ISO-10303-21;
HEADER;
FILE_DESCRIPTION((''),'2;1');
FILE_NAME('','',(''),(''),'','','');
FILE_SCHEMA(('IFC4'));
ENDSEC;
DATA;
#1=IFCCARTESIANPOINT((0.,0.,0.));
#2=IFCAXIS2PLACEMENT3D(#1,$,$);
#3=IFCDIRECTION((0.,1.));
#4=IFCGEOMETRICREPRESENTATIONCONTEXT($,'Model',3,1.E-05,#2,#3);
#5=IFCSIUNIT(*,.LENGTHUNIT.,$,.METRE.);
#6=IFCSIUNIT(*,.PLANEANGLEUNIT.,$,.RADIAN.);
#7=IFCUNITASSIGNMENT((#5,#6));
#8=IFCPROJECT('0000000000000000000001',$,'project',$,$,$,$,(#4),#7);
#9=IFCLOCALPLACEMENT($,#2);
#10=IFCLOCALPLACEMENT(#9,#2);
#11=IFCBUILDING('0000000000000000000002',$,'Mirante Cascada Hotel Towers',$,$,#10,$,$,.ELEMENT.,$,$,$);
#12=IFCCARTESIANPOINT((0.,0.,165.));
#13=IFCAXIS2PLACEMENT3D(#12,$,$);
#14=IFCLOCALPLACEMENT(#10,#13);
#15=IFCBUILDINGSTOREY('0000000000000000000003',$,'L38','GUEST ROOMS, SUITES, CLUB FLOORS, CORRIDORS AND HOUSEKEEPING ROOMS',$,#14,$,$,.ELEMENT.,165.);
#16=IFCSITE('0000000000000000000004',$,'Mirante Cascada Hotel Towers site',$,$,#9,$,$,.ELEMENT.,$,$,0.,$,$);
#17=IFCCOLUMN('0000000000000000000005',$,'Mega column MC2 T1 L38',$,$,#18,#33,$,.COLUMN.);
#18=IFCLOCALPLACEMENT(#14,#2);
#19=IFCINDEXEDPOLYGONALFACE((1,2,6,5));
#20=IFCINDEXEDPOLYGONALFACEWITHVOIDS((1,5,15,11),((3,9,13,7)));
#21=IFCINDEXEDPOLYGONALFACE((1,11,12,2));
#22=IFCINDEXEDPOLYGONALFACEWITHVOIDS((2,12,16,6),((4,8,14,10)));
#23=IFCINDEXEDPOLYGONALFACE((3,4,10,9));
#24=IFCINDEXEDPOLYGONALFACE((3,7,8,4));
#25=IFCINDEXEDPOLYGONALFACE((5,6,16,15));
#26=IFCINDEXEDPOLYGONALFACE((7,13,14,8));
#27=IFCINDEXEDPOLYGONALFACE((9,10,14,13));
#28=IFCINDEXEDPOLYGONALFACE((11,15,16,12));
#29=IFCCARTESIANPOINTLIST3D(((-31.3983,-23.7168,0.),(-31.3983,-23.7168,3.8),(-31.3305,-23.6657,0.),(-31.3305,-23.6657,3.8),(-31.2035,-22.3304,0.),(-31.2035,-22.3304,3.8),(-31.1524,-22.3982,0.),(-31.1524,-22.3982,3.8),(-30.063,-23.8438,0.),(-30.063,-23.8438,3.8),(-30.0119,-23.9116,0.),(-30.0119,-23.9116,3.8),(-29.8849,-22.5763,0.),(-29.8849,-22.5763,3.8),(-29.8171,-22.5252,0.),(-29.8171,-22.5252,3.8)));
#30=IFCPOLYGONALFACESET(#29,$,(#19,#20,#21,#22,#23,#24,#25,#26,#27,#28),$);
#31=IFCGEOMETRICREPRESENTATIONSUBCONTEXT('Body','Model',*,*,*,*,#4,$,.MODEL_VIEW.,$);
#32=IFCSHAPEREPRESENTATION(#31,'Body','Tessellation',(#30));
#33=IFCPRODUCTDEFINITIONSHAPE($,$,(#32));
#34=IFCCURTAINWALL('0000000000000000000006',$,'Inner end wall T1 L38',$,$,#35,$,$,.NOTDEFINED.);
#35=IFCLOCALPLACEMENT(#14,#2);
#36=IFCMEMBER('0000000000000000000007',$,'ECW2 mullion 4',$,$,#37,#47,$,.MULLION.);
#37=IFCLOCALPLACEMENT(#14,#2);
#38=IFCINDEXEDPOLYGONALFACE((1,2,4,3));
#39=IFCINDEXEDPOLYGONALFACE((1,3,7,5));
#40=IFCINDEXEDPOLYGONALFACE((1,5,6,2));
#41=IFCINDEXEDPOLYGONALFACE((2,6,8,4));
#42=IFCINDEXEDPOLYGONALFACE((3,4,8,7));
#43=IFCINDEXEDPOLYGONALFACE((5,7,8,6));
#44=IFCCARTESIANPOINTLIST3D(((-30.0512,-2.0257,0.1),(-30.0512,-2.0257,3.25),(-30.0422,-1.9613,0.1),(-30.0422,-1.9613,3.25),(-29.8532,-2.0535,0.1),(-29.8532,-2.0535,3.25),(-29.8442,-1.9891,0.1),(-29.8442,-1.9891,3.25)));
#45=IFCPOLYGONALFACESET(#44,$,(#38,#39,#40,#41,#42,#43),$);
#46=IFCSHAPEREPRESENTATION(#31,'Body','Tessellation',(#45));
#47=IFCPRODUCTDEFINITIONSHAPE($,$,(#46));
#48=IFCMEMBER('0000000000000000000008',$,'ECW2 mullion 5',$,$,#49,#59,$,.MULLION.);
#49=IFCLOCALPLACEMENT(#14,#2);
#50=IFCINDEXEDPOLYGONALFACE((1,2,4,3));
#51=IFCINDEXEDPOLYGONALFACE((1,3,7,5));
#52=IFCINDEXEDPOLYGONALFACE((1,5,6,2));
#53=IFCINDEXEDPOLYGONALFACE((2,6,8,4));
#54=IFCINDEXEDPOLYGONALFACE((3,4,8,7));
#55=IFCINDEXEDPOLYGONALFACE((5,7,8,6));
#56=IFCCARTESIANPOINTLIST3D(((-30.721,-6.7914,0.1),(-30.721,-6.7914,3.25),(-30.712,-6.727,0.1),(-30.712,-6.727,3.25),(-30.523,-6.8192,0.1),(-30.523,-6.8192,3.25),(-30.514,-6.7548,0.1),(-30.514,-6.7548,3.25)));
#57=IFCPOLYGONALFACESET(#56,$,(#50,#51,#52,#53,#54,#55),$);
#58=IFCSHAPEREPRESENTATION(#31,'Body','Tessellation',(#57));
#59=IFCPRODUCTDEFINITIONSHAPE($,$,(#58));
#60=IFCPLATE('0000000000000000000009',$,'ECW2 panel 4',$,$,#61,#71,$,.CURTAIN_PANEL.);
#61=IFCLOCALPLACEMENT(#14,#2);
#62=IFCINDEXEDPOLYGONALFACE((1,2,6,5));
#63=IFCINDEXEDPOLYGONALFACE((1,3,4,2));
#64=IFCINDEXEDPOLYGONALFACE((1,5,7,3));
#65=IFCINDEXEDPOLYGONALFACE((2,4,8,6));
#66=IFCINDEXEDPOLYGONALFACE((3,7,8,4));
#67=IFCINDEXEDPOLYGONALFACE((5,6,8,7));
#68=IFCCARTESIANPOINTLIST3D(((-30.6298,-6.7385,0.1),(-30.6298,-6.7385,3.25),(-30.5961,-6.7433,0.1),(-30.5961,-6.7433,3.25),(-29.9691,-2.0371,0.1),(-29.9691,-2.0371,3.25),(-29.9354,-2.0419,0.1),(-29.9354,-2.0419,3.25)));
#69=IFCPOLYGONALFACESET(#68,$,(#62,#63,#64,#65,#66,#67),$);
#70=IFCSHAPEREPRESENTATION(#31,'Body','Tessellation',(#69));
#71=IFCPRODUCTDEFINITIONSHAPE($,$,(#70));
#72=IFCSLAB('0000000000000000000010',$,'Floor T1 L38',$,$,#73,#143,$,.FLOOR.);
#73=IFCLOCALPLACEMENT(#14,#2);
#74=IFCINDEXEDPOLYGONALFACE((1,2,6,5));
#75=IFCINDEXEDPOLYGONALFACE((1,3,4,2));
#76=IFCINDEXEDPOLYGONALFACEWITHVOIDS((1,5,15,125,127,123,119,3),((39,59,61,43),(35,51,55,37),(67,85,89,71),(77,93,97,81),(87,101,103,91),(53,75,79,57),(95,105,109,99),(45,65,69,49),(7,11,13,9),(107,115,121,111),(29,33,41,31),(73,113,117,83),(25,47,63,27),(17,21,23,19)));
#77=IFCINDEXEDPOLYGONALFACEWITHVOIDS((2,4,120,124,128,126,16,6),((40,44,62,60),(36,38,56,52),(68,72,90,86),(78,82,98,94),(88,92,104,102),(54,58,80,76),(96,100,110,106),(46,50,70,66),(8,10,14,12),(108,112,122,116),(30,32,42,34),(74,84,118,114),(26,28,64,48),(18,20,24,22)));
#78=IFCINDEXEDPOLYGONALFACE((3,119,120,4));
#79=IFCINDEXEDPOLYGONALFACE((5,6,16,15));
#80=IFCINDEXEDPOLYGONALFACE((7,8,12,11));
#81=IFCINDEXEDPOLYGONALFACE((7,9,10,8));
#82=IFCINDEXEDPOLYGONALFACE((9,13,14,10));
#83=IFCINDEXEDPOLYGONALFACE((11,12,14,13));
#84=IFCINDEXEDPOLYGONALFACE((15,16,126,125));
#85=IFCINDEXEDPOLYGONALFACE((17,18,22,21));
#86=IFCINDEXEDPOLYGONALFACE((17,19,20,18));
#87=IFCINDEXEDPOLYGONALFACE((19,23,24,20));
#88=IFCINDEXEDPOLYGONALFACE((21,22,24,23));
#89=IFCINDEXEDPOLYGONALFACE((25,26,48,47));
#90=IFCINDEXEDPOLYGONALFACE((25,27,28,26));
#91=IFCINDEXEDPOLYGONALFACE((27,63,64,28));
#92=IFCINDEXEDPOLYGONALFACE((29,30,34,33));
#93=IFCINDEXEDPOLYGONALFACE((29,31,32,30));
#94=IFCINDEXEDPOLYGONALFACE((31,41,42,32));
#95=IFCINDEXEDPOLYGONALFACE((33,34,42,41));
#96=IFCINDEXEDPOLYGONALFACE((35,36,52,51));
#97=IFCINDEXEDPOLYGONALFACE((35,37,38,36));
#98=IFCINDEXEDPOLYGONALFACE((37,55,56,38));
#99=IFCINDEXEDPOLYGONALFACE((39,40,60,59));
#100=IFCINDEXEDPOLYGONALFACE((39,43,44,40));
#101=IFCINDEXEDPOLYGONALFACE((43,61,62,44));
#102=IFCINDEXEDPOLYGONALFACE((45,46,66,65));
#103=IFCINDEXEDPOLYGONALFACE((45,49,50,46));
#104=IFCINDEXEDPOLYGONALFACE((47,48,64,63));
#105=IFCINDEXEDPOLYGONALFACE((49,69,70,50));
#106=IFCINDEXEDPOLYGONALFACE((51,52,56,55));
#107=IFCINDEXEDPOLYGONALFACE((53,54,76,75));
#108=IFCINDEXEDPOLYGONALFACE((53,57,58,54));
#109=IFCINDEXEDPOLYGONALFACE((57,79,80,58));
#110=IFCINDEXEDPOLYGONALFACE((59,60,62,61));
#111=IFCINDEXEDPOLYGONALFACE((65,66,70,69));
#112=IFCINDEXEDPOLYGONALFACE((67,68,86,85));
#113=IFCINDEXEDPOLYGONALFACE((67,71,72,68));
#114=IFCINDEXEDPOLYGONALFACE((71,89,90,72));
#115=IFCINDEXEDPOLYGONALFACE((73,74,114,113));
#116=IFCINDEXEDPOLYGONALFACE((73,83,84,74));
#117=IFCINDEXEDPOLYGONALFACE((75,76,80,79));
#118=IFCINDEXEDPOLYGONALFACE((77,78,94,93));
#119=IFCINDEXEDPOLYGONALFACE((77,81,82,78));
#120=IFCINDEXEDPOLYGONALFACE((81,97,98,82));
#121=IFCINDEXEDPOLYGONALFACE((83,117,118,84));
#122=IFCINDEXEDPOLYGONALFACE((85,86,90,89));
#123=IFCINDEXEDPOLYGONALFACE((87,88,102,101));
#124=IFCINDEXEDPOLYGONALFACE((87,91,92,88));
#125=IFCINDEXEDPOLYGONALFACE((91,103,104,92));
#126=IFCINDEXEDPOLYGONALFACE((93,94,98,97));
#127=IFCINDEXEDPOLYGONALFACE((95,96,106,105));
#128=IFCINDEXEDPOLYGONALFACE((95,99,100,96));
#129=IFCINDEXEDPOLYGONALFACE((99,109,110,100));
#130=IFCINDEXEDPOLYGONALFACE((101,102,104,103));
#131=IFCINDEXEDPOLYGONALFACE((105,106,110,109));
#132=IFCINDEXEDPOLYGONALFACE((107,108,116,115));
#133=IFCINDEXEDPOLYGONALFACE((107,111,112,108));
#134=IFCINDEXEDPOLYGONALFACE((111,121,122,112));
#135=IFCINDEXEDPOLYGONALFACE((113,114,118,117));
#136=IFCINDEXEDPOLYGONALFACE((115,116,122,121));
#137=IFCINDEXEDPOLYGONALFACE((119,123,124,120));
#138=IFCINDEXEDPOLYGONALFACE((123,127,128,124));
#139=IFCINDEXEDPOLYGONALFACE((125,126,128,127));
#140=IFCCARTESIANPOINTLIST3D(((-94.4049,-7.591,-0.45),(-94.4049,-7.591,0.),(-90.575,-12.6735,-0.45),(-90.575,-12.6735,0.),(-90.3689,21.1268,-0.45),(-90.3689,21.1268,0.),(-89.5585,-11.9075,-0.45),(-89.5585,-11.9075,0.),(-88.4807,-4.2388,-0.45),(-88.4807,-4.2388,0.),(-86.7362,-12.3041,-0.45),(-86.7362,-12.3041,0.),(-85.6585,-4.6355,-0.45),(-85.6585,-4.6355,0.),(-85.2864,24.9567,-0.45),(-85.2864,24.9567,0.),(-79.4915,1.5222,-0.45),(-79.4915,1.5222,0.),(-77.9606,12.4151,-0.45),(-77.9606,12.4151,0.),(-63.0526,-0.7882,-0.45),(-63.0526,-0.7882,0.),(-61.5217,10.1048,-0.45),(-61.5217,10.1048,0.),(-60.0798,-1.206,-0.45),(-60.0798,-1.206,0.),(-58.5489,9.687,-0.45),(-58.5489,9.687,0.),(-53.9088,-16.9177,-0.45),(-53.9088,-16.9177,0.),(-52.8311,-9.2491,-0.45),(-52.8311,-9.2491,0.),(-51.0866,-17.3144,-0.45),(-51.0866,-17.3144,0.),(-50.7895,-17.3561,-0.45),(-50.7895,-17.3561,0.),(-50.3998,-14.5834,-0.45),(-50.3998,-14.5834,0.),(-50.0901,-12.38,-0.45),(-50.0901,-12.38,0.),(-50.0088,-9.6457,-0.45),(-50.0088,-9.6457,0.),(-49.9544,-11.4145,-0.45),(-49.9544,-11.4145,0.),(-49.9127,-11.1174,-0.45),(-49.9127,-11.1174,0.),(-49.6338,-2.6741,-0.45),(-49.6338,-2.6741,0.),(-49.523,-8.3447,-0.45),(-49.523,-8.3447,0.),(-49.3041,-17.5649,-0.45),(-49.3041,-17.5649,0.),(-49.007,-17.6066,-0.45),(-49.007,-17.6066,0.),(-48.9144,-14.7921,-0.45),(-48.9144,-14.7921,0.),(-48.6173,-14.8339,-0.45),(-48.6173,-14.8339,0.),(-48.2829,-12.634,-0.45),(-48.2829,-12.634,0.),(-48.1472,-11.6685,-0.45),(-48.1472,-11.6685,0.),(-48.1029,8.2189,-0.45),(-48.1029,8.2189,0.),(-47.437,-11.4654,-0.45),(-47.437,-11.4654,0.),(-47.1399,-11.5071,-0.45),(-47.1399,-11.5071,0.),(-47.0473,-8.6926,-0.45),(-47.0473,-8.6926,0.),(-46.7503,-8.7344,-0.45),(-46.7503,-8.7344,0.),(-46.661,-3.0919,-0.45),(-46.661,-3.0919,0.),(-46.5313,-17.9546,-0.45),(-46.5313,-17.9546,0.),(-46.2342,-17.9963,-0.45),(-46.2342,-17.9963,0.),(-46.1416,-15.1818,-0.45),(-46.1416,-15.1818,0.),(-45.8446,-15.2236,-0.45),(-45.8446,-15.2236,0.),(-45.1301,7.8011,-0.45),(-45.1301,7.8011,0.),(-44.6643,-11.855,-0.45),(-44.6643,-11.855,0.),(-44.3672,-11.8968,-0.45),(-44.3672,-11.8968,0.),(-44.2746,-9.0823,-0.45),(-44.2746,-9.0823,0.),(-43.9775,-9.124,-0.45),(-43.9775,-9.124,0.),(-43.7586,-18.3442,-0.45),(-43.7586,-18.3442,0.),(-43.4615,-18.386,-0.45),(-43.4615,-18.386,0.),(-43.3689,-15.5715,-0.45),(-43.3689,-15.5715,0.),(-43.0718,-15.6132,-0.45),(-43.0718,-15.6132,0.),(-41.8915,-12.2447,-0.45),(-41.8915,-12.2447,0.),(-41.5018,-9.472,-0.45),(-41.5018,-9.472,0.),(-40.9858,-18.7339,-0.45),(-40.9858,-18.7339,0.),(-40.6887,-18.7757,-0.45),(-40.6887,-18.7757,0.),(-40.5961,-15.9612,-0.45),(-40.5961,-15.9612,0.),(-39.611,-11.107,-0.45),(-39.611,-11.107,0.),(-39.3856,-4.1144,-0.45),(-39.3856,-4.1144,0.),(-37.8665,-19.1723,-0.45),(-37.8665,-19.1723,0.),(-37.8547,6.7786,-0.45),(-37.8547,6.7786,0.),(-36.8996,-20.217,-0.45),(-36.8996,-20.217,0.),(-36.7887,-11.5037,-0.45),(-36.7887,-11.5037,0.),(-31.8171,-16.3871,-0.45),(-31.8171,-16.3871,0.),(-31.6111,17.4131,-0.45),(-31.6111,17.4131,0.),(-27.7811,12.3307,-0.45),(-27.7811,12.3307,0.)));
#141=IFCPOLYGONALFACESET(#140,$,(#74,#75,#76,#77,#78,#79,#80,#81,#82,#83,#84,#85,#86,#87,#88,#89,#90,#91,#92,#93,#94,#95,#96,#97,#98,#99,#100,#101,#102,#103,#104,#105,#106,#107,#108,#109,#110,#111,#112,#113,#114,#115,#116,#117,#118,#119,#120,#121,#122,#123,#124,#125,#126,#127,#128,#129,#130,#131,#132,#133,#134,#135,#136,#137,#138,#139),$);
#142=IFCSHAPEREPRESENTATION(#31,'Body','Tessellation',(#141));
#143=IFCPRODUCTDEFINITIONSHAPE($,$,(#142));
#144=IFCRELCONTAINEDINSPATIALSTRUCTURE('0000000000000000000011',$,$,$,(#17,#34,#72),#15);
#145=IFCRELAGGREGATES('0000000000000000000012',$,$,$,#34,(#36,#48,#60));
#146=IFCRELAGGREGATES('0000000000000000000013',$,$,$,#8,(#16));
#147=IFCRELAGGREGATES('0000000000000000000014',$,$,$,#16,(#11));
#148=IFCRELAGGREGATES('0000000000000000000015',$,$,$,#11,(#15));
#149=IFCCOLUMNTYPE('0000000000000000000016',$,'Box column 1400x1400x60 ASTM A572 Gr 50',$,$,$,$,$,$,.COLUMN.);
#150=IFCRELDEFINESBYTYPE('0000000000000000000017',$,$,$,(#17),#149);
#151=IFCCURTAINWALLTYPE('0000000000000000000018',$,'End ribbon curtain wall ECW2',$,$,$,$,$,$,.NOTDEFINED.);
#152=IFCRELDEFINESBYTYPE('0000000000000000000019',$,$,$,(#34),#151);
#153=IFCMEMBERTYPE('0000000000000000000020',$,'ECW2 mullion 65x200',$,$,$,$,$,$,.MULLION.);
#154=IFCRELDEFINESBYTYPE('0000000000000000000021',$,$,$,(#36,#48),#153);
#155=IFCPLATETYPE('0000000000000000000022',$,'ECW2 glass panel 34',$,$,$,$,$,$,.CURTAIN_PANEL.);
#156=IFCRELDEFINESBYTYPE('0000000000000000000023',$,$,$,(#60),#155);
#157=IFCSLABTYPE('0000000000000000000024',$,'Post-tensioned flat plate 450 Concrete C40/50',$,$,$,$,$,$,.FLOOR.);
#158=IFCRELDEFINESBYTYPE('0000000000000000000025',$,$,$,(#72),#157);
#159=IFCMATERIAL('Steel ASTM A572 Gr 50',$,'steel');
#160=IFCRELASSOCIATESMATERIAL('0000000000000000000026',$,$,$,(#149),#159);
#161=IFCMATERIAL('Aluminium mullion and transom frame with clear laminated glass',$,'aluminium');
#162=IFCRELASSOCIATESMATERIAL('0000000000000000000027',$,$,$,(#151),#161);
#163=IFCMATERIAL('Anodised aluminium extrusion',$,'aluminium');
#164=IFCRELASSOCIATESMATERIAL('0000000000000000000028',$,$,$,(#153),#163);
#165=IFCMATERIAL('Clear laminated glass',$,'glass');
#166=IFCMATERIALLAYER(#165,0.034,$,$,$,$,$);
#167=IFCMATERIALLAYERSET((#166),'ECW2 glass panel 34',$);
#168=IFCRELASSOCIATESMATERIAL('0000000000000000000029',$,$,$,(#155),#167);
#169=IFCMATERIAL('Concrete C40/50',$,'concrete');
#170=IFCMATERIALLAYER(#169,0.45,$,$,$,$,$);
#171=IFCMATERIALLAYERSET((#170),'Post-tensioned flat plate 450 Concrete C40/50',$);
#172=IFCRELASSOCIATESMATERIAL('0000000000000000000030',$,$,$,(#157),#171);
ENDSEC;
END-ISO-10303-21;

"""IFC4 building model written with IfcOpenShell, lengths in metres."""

from ifc_helpers import new_model, si_unit, direction, frame, origin, origin_2d, place, context, subcontext, project, spatial, polyline, rectangle, hollow_rectangle, outline, extrude, material, layer, layer_set, material_profile, profile_set, type_object, element, aggregate, save


model = new_model("IFC4")

# Units and contexts
model_context = context("Model", 3, precision=1e-05, world=origin(), true_north=direction((0.0, 1.0)))
body_context = subcontext(model_context, "Body", "Model", "MODEL_VIEW")
ifc_project = project(units=[si_unit("LENGTHUNIT", "METRE"), si_unit("PLANEANGLEUNIT", "RADIAN")], contexts=[model_context])

# Site, building, storey
site_placement = place(None, origin())
site = spatial("IfcSite", under=ifc_project, at=site_placement, Name="Mirante Cascada Hotel Towers site", CompositionType="ELEMENT", RefElevation=0.0)
building_placement = place(site_placement, origin())
building = spatial("IfcBuilding", under=site, at=building_placement, Name="Mirante Cascada Hotel Towers", CompositionType="ELEMENT")
storey_placement = place(building_placement, frame((0.0, 0.0, 165.0)))
storey = spatial("IfcBuildingStorey", under=building, at=storey_placement, Name="L38", Description="GUEST ROOMS, SUITES, CLUB FLOORS, CORRIDORS AND HOUSEKEEPING ROOMS", CompositionType="ELEMENT", Elevation=165.0)

# Column
ifc_material_1 = material(Name="Steel ASTM A572 Gr 50", Category="steel")
ifc_material_profile_1 = material_profile(ifc_material_1, hollow_rectangle(XDim=1.4, YDim=1.4, WallThickness=0.06, at=origin_2d()), Name="Box column 1400x1400x60 ASTM A572 Gr 50")
ifc_profile_set_1 = profile_set([ifc_material_profile_1], Name="Steel ASTM A572 Gr 50")
column_type = type_object("IfcColumnType", Name="Box column 1400x1400x60 ASTM A572 Gr 50", PredefinedType="COLUMN", material=ifc_profile_set_1)
column_placement = place(storey_placement, frame((-30.6077, -23.121, 0.0), z_axis=(0.0, 0.0, 1.0), x_axis=(-0.990268, 0.139173, 0.0)))
element("IfcColumn", 1, at=column_placement, inside=storey, type_object=column_type, Name="Mega column MC2 T1 L38", PredefinedType="COLUMN", context=body_context, shape_type="SweptSolid", body=[
    extrude(hollow_rectangle(XDim=1.4, YDim=1.4, WallThickness=0.06, at=origin_2d()), origin(), (0.0, 0.0, 1.0), 3.8),
])

# Curtain wall, members, plate
ifc_material_2 = material(Name="Aluminium mullion and transom frame with clear laminated glass", Category="aluminium")
curtain_wall_type = type_object("IfcCurtainWallType", Name="End ribbon curtain wall ECW2", PredefinedType="NOTDEFINED", material=ifc_material_2)
curtain_wall_placement = place(storey_placement, origin())
curtain_wall = element("IfcCurtainWall", 2, at=curtain_wall_placement, inside=storey, type_object=curtain_wall_type, Name="Inner end wall T1 L38", PredefinedType="NOTDEFINED")
ifc_material_3 = material(Name="Anodised aluminium extrusion", Category="aluminium")
ifc_material_profile_2 = material_profile(ifc_material_3, rectangle(XDim=0.2, YDim=0.065, at=origin_2d()), Name="ECW2 MULLION 65x200")
ifc_profile_set_2 = profile_set([ifc_material_profile_2], Name="Anodised aluminium extrusion")
member_type = type_object("IfcMemberType", Name="ECW2 mullion 65x200", PredefinedType="MULLION", material=ifc_profile_set_2)
member_1_placement = place(storey_placement, frame((-29.9477, -2.0074, 0.1), z_axis=(0.0, 0.0, 1.0), x_axis=(0.990268, -0.139173, 0.0)))
member_1 = element("IfcMember", 3, at=member_1_placement, type_object=member_type, Name="ECW2 mullion 4", PredefinedType="MULLION", context=body_context, shape_type="SweptSolid", body=[
    extrude(rectangle(XDim=0.2, YDim=0.065, at=origin_2d()), origin(), (0.0, 0.0, 1.0), 3.15),
])
member_2_placement = place(storey_placement, frame((-30.6175, -6.7731, 0.1), z_axis=(0.0, 0.0, 1.0), x_axis=(0.990268, -0.139173, 0.0)))
member_2 = element("IfcMember", 4, at=member_2_placement, type_object=member_type, Name="ECW2 mullion 5", PredefinedType="MULLION", context=body_context, shape_type="SweptSolid", body=[
    extrude(rectangle(XDim=0.2, YDim=0.065, at=origin_2d()), origin(), (0.0, 0.0, 1.0), 3.15),
])
ifc_material_4 = material(Name="Clear laminated glass", Category="glass")
ifc_layer_1 = layer(ifc_material_4, 0.034)
ifc_layer_set_1 = layer_set([ifc_layer_1], Name="ECW2 glass panel 34")
plate_type = type_object("IfcPlateType", Name="ECW2 glass panel 34", PredefinedType="CURTAIN_PANEL", material=ifc_layer_set_1)
plate_placement = place(storey_placement, frame((-30.2826, -4.3902, 0.1), z_axis=(0.0, 0.0, 1.0), x_axis=(-0.139173, -0.990268, 0.0)))
plate = element("IfcPlate", 5, at=plate_placement, type_object=plate_type, Name="ECW2 panel 4", PredefinedType="CURTAIN_PANEL", context=body_context, shape_type="SweptSolid", body=[
    extrude(rectangle(XDim=4.7476, YDim=0.034, at=origin_2d()), origin(), (0.0, 0.0, 1.0), 3.15),
])
aggregate(curtain_wall, [member_1, member_2, plate])

# Slab
ifc_material_5 = material(Name="Concrete C40/50", Category="concrete")
ifc_layer_2 = layer(ifc_material_5, 0.45)
ifc_layer_set_2 = layer_set([ifc_layer_2], Name="Post-tensioned flat plate 450 Concrete C40/50")
slab_type = type_object("IfcSlabType", Name="Post-tensioned flat plate 450 Concrete C40/50", PredefinedType="FLOOR", material=ifc_layer_set_2)
slab_1_placement = place(storey_placement, frame((0.0, 0.0, -0.45)))
element("IfcSlab", 6, at=slab_1_placement, inside=storey, type_object=slab_type, Name="Floor T1 L38", PredefinedType="FLOOR", context=body_context, shape_type="SweptSolid", body=[
    extrude(outline(polyline([(-31.8171, -16.3871), (-27.7811, 12.3307), (-31.6111, 17.4131), (-85.2864, 24.9567), (-90.3689, 21.1268), (-94.4049, -7.591), (-90.575, -12.6735), (-36.8996, -20.217), (-31.8171, -16.3871)]), holes=[polyline([(-40.5961, -15.9612), (-40.9858, -18.7339), (-43.4615, -18.386), (-43.0718, -15.6132), (-40.5961, -15.9612)]), polyline([(-45.8446, -15.2236), (-43.3689, -15.5715), (-43.7586, -18.3442), (-46.2342, -17.9963), (-45.8446, -15.2236)]), polyline([(-48.6173, -14.8339), (-46.1416, -15.1818), (-46.5313, -17.9546), (-49.007, -17.6066), (-48.6173, -14.8339)]), polyline([(-37.8665, -19.1723), (-40.6887, -18.7757), (-39.611, -11.107), (-36.7887, -11.5037), (-37.8665, -19.1723)]), polyline([(-43.9775, -9.124), (-41.5018, -9.472), (-41.8915, -12.2447), (-44.3672, -11.8968), (-43.9775, -9.124)]), polyline([(-46.7503, -8.7344), (-44.2746, -9.0823), (-44.6643, -11.855), (-47.1399, -11.5071), (-46.7503, -8.7344)]), polyline([(-48.9144, -14.7921), (-49.3041, -17.5649), (-50.7895, -17.3561), (-50.3998, -14.5834), (-48.9144, -14.7921)]), polyline([(-50.0088, -9.6457), (-51.0866, -17.3144), (-53.9088, -16.9177), (-52.8311, -9.2491), (-50.0088, -9.6457)]), polyline([(-85.6585, -4.6355), (-86.7362, -12.3041), (-89.5585, -11.9075), (-88.4807, -4.2388), (-85.6585, -4.6355)]), polyline([(-48.1472, -11.6685), (-48.2829, -12.634), (-50.0901, -12.38), (-49.9544, -11.4145), (-48.1472, -11.6685)]), polyline([(-49.523, -8.3447), (-47.0473, -8.6926), (-47.437, -11.4654), (-49.9127, -11.1174), (-49.523, -8.3447)]), polyline([(-61.5217, 10.1048), (-61.5217, 10.1048), (-63.0526, -0.7882), (-63.0526, -0.7882), (-79.4915, 1.5222), (-77.9606, 12.4151), (-61.5217, 10.1048)]), polyline([(-48.1029, 8.2189), (-49.6338, -2.6741), (-49.6338, -2.6741), (-60.0798, -1.206), (-60.0798, -1.206), (-58.5489, 9.687), (-48.1029, 8.2189)]), polyline([(-37.8547, 6.7786), (-39.3856, -4.1144), (-46.661, -3.0919), (-46.661, -3.0919), (-45.1301, 7.8011), (-37.8547, 6.7786)])]), origin(), (0.0, 0.0, 1.0), 0.45),
])

save(model, "model.ifc")
